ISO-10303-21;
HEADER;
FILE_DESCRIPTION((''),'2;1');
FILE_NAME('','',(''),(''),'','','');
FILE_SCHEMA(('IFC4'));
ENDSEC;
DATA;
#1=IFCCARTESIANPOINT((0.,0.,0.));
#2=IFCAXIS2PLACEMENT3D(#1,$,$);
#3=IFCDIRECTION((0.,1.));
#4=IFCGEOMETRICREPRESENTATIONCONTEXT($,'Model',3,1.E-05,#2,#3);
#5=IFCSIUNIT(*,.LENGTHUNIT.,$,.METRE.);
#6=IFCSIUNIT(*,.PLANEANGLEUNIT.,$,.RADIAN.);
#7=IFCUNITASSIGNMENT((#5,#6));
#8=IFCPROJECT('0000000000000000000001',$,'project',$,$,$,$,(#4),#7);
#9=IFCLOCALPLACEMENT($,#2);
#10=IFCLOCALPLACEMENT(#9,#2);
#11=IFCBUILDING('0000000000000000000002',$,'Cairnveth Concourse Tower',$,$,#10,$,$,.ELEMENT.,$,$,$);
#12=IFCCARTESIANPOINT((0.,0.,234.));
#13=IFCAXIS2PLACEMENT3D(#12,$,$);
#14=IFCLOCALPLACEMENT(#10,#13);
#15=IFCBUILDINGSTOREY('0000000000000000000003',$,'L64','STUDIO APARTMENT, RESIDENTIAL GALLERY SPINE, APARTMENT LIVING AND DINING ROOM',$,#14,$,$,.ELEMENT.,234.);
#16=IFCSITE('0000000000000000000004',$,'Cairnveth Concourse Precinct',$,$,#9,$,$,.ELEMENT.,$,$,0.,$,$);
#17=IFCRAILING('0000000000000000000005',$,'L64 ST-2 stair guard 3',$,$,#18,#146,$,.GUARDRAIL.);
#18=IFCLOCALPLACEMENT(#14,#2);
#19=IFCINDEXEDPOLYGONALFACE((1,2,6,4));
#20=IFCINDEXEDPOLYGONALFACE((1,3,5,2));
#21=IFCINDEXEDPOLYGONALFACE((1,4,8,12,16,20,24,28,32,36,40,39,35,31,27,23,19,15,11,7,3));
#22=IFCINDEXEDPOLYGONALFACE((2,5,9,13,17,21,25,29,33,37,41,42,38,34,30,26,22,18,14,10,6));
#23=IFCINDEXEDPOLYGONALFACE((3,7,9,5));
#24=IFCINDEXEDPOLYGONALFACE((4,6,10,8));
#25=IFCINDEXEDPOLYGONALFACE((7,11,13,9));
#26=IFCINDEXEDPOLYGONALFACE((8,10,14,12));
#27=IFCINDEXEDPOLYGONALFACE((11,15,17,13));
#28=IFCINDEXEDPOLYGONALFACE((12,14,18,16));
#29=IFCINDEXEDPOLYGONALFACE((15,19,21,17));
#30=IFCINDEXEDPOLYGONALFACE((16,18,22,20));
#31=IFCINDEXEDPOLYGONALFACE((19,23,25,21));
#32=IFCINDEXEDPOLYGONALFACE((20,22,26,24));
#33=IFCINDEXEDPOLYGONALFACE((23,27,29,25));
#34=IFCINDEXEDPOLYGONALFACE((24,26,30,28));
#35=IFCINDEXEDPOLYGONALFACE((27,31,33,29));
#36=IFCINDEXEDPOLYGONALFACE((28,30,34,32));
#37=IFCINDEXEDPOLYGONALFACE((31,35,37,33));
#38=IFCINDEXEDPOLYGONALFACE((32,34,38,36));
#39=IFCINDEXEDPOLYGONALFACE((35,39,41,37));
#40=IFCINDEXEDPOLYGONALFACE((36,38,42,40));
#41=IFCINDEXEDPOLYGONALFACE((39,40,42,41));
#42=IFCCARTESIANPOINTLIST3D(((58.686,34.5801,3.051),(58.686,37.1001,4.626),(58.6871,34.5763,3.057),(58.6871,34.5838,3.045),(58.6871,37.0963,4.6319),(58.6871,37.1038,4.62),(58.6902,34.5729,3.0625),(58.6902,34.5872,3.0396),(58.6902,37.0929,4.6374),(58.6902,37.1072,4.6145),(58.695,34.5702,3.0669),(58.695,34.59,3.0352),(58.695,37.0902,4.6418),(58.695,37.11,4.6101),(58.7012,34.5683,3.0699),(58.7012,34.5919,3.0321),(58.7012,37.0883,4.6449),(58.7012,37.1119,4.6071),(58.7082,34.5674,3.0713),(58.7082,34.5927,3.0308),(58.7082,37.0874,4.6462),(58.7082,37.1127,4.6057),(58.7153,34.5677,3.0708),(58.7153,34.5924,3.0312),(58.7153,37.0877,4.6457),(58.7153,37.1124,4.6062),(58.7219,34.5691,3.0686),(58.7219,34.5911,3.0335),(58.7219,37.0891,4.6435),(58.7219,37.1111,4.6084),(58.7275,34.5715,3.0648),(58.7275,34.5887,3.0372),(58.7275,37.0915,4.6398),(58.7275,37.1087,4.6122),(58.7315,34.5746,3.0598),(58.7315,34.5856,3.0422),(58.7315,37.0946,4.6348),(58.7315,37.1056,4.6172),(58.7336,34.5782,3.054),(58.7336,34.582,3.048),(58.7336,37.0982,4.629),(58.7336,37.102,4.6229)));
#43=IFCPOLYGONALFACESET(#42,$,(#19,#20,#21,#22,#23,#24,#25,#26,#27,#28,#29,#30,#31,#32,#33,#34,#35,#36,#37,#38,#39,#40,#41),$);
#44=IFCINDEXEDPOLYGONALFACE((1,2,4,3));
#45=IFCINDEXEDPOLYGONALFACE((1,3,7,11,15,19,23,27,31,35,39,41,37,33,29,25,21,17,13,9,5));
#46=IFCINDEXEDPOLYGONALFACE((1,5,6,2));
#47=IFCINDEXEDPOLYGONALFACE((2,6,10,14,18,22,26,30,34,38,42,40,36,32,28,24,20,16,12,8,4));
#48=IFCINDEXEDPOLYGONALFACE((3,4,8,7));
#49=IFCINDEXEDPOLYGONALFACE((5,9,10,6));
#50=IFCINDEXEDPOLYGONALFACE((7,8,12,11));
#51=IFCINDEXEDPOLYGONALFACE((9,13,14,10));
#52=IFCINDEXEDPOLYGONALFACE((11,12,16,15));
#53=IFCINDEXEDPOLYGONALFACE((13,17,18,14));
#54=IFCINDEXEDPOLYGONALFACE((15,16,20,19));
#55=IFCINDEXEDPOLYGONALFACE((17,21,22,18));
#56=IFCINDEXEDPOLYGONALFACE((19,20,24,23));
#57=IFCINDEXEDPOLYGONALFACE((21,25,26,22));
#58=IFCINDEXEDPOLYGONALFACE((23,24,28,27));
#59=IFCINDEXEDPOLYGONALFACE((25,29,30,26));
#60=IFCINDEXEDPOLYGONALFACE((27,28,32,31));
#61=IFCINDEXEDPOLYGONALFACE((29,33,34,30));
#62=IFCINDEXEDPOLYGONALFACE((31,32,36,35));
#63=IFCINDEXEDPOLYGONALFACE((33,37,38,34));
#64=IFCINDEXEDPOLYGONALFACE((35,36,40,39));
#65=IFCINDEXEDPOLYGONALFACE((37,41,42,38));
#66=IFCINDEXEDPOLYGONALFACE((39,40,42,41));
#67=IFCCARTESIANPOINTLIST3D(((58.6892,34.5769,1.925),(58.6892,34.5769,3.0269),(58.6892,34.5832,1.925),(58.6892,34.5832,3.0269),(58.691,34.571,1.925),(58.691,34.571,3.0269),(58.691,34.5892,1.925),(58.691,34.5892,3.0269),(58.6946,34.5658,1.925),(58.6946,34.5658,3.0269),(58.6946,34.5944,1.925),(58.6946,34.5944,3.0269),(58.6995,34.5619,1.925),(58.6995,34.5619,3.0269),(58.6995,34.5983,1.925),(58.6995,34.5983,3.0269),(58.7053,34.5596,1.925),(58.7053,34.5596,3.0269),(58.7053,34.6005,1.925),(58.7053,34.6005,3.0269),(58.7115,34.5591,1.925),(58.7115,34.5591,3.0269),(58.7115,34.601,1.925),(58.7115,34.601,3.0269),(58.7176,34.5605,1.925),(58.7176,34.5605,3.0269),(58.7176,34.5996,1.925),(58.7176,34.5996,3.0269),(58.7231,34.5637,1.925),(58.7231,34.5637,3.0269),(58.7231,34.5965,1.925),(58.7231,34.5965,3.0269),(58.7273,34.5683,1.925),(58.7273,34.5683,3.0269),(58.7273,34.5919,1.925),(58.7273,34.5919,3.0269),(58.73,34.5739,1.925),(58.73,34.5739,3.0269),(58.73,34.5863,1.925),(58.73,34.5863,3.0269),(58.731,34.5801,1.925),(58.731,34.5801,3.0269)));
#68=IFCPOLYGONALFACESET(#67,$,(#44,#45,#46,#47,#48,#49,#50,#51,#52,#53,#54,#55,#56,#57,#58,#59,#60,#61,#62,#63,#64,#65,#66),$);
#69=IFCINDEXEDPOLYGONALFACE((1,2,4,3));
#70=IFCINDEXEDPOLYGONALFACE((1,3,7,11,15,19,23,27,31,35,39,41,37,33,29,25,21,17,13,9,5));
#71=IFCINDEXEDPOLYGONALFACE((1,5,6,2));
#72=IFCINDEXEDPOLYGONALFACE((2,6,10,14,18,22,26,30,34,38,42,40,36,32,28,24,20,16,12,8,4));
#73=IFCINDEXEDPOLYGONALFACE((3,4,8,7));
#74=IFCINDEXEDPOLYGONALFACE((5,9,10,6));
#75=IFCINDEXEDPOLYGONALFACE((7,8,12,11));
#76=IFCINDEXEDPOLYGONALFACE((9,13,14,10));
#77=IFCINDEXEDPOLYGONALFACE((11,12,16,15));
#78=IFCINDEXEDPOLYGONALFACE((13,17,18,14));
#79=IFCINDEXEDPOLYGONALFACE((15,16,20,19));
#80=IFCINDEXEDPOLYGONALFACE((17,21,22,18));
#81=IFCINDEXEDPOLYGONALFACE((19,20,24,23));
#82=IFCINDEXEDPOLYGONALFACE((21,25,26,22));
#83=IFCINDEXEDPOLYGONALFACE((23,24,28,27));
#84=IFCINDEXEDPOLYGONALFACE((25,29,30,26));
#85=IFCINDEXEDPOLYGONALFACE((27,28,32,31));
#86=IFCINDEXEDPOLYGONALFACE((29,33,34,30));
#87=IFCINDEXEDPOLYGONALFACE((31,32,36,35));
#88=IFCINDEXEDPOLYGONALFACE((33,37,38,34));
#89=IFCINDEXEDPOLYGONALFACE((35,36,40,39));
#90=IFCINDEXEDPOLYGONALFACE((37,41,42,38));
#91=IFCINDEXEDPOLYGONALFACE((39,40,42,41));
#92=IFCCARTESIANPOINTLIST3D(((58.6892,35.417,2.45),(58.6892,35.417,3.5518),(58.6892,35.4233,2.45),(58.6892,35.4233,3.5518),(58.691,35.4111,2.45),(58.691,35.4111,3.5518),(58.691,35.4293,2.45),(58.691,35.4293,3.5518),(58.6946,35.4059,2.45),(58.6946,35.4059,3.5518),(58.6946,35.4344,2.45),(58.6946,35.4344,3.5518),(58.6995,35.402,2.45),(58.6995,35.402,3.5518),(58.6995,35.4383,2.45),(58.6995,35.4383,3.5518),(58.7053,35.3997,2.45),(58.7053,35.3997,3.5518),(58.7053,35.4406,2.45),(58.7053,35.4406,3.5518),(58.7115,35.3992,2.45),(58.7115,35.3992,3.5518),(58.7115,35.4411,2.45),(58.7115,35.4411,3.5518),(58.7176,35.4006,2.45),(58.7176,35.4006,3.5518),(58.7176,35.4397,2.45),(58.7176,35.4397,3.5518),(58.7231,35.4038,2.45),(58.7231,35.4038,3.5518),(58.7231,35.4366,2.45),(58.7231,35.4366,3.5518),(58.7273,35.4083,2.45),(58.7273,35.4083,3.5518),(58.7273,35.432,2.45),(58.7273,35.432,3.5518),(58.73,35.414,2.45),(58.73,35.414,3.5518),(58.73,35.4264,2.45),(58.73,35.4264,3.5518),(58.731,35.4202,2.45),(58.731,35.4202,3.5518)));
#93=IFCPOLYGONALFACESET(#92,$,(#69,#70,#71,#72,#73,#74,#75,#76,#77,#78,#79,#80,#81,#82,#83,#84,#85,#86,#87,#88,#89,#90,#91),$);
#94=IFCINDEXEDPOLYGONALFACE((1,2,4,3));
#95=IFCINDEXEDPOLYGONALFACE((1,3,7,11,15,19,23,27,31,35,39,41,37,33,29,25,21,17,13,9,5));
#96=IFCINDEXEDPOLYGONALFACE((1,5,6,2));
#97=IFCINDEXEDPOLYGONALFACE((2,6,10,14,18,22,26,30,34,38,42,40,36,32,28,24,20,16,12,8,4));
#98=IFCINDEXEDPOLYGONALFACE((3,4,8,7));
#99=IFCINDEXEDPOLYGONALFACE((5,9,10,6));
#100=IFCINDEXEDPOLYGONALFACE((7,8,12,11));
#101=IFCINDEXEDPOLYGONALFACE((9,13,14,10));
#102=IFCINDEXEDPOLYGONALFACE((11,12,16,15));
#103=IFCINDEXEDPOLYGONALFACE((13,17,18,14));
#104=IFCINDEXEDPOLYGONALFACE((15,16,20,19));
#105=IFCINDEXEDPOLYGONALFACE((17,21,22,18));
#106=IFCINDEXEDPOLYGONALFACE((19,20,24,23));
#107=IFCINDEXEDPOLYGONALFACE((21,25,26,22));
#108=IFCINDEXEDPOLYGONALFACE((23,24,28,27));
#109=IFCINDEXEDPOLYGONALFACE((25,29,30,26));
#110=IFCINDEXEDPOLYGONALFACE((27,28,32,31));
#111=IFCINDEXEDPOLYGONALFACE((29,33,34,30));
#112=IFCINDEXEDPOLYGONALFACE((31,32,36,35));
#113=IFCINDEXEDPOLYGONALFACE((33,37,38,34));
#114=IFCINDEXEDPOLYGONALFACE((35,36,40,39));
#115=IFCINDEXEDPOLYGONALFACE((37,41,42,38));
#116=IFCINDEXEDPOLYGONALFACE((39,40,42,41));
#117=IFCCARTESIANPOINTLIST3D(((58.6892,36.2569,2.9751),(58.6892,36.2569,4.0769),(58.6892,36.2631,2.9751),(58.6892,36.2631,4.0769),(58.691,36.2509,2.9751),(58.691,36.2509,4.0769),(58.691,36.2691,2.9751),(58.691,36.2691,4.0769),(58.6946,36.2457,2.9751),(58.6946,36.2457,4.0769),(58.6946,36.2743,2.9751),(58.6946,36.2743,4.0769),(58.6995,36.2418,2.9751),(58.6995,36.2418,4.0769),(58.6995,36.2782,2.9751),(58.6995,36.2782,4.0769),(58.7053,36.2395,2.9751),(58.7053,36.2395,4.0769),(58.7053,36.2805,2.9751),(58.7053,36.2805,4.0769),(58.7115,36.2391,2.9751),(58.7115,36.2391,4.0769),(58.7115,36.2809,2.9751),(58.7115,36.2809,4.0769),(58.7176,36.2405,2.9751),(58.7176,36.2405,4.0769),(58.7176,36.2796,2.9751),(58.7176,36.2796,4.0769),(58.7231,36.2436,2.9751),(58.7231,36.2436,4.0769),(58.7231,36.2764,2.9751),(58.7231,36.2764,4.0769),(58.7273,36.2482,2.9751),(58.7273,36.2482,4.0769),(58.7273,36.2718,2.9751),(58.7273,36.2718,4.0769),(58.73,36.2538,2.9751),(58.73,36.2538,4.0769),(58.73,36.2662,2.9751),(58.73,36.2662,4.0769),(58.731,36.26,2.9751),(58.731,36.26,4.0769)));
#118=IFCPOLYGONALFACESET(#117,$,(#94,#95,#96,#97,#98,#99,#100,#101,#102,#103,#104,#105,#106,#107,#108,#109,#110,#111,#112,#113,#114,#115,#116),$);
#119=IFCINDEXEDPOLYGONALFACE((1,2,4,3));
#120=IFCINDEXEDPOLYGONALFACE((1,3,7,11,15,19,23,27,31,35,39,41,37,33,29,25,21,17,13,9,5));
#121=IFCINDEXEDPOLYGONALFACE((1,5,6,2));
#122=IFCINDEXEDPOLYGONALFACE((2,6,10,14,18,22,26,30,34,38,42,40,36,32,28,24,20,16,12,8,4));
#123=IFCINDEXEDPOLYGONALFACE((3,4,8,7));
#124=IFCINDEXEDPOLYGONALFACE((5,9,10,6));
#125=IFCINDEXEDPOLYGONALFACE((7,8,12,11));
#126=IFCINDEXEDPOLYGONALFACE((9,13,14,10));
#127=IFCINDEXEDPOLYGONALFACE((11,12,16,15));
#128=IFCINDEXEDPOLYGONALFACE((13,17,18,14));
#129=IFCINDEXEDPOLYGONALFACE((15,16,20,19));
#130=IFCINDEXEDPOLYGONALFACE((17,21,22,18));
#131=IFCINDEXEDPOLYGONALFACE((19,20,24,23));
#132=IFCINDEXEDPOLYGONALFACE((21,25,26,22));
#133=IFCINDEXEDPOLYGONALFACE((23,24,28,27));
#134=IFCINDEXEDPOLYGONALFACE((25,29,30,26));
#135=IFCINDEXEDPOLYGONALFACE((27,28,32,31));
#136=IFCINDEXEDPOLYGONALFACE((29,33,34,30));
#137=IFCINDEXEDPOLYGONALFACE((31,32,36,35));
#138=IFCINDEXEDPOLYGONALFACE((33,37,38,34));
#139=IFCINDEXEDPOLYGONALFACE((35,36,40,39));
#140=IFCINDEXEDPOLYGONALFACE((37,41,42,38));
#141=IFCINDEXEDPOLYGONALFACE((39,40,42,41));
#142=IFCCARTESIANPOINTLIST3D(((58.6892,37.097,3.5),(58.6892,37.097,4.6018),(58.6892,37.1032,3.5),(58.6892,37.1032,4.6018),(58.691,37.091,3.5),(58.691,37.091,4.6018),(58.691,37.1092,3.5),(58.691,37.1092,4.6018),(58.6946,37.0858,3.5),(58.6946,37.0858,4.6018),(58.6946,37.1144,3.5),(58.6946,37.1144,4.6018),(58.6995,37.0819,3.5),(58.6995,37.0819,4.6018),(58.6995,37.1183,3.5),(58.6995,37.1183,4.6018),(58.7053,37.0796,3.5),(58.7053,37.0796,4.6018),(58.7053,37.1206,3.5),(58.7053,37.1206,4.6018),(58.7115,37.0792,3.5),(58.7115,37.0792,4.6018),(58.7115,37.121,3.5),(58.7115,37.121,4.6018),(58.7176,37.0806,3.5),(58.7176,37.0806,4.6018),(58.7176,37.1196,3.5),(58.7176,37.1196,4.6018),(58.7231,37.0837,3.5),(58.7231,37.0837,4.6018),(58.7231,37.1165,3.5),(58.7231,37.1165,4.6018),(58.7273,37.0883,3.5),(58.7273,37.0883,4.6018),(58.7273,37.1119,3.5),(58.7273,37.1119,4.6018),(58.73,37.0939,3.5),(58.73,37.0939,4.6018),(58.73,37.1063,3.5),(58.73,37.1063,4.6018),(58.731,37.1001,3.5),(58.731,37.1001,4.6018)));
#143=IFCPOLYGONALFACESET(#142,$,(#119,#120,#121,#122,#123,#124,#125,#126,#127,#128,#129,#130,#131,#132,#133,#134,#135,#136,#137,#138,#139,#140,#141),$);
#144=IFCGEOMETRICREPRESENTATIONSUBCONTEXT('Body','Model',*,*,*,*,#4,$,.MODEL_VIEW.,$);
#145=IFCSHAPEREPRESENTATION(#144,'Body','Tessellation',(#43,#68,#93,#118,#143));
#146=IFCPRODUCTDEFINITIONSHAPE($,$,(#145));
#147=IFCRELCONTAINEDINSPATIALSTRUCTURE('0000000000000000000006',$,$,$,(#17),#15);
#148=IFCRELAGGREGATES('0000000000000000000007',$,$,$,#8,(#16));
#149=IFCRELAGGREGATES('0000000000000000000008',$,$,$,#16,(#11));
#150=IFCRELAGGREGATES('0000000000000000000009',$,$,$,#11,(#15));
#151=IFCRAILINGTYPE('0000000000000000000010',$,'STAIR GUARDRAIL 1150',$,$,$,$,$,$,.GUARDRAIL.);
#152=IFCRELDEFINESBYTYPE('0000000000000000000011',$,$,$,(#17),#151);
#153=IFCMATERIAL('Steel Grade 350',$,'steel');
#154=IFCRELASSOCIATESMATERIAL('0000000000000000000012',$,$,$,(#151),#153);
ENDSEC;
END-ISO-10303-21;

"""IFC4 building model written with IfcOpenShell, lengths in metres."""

from ifc_helpers import new_model, si_unit, direction, frame, origin, origin_2d, place, context, subcontext, project, spatial, circle, extrude, material, type_object, element, save


model = new_model("IFC4")

# Units and contexts
model_context = context("Model", 3, precision=1e-05, world=origin(), true_north=direction((0.0, 1.0)))
body_context = subcontext(model_context, "Body", "Model", "MODEL_VIEW")
ifc_project = project(units=[si_unit("LENGTHUNIT", "METRE"), si_unit("PLANEANGLEUNIT", "RADIAN")], contexts=[model_context])

# Site, building, storey
site_placement = place(None, origin())
site = spatial("IfcSite", under=ifc_project, at=site_placement, Name="Cairnveth Concourse Precinct", CompositionType="ELEMENT", RefElevation=0.0)
building_placement = place(site_placement, origin())
building = spatial("IfcBuilding", under=site, at=building_placement, Name="Cairnveth Concourse Tower", CompositionType="ELEMENT")
storey_placement = place(building_placement, frame((0.0, 0.0, 234.0)))
storey = spatial("IfcBuildingStorey", under=building, at=storey_placement, Name="L64", Description="STUDIO APARTMENT, RESIDENTIAL GALLERY SPINE, APARTMENT LIVING AND DINING ROOM", CompositionType="ELEMENT", Elevation=234.0)

# Shared definitions
ifc_material_1 = material(Name="Steel Grade 350", Category="steel")

# Railing
railing_type_1 = type_object("IfcRailingType", Name="STAIR GUARDRAIL 1150", PredefinedType="GUARDRAIL", material=ifc_material_1)
railing_1_placement = place(storey_placement, frame((58.71, 34.5801, 1.925)))
element("IfcRailing", 1, at=railing_1_placement, inside=storey, type_object=railing_type_1, Name="L64 ST-2 stair guard 3", PredefinedType="GUARDRAIL", context=body_context, shape_type="SweptSolid", body=[
    extrude(circle(Radius=0.0239, at=origin_2d()), frame((0.0, 0.0, 1.126), z_axis=(0.0, 0.848008, 0.529984), x_axis=(-1.0, 0.0, 0.0)), (0.0, 0.0, 1.0), 2.9717),
    extrude(circle(Radius=0.021, at=origin_2d()), origin(), (0.0, 0.0, 1.0), 1.1018),
    extrude(circle(Radius=0.021, at=origin_2d()), frame((0.0, 0.8401, 0.5249)), (0.0, 0.0, 1.0), 1.1018),
    extrude(circle(Radius=0.021, at=origin_2d()), frame((0.0, 1.6799, 1.05)), (0.0, 0.0, 1.0), 1.1018),
    extrude(circle(Radius=0.021, at=origin_2d()), frame((0.0, 2.52, 1.575)), (0.0, 0.0, 1.0), 1.1018),
])

save(model, "model.ifc")
